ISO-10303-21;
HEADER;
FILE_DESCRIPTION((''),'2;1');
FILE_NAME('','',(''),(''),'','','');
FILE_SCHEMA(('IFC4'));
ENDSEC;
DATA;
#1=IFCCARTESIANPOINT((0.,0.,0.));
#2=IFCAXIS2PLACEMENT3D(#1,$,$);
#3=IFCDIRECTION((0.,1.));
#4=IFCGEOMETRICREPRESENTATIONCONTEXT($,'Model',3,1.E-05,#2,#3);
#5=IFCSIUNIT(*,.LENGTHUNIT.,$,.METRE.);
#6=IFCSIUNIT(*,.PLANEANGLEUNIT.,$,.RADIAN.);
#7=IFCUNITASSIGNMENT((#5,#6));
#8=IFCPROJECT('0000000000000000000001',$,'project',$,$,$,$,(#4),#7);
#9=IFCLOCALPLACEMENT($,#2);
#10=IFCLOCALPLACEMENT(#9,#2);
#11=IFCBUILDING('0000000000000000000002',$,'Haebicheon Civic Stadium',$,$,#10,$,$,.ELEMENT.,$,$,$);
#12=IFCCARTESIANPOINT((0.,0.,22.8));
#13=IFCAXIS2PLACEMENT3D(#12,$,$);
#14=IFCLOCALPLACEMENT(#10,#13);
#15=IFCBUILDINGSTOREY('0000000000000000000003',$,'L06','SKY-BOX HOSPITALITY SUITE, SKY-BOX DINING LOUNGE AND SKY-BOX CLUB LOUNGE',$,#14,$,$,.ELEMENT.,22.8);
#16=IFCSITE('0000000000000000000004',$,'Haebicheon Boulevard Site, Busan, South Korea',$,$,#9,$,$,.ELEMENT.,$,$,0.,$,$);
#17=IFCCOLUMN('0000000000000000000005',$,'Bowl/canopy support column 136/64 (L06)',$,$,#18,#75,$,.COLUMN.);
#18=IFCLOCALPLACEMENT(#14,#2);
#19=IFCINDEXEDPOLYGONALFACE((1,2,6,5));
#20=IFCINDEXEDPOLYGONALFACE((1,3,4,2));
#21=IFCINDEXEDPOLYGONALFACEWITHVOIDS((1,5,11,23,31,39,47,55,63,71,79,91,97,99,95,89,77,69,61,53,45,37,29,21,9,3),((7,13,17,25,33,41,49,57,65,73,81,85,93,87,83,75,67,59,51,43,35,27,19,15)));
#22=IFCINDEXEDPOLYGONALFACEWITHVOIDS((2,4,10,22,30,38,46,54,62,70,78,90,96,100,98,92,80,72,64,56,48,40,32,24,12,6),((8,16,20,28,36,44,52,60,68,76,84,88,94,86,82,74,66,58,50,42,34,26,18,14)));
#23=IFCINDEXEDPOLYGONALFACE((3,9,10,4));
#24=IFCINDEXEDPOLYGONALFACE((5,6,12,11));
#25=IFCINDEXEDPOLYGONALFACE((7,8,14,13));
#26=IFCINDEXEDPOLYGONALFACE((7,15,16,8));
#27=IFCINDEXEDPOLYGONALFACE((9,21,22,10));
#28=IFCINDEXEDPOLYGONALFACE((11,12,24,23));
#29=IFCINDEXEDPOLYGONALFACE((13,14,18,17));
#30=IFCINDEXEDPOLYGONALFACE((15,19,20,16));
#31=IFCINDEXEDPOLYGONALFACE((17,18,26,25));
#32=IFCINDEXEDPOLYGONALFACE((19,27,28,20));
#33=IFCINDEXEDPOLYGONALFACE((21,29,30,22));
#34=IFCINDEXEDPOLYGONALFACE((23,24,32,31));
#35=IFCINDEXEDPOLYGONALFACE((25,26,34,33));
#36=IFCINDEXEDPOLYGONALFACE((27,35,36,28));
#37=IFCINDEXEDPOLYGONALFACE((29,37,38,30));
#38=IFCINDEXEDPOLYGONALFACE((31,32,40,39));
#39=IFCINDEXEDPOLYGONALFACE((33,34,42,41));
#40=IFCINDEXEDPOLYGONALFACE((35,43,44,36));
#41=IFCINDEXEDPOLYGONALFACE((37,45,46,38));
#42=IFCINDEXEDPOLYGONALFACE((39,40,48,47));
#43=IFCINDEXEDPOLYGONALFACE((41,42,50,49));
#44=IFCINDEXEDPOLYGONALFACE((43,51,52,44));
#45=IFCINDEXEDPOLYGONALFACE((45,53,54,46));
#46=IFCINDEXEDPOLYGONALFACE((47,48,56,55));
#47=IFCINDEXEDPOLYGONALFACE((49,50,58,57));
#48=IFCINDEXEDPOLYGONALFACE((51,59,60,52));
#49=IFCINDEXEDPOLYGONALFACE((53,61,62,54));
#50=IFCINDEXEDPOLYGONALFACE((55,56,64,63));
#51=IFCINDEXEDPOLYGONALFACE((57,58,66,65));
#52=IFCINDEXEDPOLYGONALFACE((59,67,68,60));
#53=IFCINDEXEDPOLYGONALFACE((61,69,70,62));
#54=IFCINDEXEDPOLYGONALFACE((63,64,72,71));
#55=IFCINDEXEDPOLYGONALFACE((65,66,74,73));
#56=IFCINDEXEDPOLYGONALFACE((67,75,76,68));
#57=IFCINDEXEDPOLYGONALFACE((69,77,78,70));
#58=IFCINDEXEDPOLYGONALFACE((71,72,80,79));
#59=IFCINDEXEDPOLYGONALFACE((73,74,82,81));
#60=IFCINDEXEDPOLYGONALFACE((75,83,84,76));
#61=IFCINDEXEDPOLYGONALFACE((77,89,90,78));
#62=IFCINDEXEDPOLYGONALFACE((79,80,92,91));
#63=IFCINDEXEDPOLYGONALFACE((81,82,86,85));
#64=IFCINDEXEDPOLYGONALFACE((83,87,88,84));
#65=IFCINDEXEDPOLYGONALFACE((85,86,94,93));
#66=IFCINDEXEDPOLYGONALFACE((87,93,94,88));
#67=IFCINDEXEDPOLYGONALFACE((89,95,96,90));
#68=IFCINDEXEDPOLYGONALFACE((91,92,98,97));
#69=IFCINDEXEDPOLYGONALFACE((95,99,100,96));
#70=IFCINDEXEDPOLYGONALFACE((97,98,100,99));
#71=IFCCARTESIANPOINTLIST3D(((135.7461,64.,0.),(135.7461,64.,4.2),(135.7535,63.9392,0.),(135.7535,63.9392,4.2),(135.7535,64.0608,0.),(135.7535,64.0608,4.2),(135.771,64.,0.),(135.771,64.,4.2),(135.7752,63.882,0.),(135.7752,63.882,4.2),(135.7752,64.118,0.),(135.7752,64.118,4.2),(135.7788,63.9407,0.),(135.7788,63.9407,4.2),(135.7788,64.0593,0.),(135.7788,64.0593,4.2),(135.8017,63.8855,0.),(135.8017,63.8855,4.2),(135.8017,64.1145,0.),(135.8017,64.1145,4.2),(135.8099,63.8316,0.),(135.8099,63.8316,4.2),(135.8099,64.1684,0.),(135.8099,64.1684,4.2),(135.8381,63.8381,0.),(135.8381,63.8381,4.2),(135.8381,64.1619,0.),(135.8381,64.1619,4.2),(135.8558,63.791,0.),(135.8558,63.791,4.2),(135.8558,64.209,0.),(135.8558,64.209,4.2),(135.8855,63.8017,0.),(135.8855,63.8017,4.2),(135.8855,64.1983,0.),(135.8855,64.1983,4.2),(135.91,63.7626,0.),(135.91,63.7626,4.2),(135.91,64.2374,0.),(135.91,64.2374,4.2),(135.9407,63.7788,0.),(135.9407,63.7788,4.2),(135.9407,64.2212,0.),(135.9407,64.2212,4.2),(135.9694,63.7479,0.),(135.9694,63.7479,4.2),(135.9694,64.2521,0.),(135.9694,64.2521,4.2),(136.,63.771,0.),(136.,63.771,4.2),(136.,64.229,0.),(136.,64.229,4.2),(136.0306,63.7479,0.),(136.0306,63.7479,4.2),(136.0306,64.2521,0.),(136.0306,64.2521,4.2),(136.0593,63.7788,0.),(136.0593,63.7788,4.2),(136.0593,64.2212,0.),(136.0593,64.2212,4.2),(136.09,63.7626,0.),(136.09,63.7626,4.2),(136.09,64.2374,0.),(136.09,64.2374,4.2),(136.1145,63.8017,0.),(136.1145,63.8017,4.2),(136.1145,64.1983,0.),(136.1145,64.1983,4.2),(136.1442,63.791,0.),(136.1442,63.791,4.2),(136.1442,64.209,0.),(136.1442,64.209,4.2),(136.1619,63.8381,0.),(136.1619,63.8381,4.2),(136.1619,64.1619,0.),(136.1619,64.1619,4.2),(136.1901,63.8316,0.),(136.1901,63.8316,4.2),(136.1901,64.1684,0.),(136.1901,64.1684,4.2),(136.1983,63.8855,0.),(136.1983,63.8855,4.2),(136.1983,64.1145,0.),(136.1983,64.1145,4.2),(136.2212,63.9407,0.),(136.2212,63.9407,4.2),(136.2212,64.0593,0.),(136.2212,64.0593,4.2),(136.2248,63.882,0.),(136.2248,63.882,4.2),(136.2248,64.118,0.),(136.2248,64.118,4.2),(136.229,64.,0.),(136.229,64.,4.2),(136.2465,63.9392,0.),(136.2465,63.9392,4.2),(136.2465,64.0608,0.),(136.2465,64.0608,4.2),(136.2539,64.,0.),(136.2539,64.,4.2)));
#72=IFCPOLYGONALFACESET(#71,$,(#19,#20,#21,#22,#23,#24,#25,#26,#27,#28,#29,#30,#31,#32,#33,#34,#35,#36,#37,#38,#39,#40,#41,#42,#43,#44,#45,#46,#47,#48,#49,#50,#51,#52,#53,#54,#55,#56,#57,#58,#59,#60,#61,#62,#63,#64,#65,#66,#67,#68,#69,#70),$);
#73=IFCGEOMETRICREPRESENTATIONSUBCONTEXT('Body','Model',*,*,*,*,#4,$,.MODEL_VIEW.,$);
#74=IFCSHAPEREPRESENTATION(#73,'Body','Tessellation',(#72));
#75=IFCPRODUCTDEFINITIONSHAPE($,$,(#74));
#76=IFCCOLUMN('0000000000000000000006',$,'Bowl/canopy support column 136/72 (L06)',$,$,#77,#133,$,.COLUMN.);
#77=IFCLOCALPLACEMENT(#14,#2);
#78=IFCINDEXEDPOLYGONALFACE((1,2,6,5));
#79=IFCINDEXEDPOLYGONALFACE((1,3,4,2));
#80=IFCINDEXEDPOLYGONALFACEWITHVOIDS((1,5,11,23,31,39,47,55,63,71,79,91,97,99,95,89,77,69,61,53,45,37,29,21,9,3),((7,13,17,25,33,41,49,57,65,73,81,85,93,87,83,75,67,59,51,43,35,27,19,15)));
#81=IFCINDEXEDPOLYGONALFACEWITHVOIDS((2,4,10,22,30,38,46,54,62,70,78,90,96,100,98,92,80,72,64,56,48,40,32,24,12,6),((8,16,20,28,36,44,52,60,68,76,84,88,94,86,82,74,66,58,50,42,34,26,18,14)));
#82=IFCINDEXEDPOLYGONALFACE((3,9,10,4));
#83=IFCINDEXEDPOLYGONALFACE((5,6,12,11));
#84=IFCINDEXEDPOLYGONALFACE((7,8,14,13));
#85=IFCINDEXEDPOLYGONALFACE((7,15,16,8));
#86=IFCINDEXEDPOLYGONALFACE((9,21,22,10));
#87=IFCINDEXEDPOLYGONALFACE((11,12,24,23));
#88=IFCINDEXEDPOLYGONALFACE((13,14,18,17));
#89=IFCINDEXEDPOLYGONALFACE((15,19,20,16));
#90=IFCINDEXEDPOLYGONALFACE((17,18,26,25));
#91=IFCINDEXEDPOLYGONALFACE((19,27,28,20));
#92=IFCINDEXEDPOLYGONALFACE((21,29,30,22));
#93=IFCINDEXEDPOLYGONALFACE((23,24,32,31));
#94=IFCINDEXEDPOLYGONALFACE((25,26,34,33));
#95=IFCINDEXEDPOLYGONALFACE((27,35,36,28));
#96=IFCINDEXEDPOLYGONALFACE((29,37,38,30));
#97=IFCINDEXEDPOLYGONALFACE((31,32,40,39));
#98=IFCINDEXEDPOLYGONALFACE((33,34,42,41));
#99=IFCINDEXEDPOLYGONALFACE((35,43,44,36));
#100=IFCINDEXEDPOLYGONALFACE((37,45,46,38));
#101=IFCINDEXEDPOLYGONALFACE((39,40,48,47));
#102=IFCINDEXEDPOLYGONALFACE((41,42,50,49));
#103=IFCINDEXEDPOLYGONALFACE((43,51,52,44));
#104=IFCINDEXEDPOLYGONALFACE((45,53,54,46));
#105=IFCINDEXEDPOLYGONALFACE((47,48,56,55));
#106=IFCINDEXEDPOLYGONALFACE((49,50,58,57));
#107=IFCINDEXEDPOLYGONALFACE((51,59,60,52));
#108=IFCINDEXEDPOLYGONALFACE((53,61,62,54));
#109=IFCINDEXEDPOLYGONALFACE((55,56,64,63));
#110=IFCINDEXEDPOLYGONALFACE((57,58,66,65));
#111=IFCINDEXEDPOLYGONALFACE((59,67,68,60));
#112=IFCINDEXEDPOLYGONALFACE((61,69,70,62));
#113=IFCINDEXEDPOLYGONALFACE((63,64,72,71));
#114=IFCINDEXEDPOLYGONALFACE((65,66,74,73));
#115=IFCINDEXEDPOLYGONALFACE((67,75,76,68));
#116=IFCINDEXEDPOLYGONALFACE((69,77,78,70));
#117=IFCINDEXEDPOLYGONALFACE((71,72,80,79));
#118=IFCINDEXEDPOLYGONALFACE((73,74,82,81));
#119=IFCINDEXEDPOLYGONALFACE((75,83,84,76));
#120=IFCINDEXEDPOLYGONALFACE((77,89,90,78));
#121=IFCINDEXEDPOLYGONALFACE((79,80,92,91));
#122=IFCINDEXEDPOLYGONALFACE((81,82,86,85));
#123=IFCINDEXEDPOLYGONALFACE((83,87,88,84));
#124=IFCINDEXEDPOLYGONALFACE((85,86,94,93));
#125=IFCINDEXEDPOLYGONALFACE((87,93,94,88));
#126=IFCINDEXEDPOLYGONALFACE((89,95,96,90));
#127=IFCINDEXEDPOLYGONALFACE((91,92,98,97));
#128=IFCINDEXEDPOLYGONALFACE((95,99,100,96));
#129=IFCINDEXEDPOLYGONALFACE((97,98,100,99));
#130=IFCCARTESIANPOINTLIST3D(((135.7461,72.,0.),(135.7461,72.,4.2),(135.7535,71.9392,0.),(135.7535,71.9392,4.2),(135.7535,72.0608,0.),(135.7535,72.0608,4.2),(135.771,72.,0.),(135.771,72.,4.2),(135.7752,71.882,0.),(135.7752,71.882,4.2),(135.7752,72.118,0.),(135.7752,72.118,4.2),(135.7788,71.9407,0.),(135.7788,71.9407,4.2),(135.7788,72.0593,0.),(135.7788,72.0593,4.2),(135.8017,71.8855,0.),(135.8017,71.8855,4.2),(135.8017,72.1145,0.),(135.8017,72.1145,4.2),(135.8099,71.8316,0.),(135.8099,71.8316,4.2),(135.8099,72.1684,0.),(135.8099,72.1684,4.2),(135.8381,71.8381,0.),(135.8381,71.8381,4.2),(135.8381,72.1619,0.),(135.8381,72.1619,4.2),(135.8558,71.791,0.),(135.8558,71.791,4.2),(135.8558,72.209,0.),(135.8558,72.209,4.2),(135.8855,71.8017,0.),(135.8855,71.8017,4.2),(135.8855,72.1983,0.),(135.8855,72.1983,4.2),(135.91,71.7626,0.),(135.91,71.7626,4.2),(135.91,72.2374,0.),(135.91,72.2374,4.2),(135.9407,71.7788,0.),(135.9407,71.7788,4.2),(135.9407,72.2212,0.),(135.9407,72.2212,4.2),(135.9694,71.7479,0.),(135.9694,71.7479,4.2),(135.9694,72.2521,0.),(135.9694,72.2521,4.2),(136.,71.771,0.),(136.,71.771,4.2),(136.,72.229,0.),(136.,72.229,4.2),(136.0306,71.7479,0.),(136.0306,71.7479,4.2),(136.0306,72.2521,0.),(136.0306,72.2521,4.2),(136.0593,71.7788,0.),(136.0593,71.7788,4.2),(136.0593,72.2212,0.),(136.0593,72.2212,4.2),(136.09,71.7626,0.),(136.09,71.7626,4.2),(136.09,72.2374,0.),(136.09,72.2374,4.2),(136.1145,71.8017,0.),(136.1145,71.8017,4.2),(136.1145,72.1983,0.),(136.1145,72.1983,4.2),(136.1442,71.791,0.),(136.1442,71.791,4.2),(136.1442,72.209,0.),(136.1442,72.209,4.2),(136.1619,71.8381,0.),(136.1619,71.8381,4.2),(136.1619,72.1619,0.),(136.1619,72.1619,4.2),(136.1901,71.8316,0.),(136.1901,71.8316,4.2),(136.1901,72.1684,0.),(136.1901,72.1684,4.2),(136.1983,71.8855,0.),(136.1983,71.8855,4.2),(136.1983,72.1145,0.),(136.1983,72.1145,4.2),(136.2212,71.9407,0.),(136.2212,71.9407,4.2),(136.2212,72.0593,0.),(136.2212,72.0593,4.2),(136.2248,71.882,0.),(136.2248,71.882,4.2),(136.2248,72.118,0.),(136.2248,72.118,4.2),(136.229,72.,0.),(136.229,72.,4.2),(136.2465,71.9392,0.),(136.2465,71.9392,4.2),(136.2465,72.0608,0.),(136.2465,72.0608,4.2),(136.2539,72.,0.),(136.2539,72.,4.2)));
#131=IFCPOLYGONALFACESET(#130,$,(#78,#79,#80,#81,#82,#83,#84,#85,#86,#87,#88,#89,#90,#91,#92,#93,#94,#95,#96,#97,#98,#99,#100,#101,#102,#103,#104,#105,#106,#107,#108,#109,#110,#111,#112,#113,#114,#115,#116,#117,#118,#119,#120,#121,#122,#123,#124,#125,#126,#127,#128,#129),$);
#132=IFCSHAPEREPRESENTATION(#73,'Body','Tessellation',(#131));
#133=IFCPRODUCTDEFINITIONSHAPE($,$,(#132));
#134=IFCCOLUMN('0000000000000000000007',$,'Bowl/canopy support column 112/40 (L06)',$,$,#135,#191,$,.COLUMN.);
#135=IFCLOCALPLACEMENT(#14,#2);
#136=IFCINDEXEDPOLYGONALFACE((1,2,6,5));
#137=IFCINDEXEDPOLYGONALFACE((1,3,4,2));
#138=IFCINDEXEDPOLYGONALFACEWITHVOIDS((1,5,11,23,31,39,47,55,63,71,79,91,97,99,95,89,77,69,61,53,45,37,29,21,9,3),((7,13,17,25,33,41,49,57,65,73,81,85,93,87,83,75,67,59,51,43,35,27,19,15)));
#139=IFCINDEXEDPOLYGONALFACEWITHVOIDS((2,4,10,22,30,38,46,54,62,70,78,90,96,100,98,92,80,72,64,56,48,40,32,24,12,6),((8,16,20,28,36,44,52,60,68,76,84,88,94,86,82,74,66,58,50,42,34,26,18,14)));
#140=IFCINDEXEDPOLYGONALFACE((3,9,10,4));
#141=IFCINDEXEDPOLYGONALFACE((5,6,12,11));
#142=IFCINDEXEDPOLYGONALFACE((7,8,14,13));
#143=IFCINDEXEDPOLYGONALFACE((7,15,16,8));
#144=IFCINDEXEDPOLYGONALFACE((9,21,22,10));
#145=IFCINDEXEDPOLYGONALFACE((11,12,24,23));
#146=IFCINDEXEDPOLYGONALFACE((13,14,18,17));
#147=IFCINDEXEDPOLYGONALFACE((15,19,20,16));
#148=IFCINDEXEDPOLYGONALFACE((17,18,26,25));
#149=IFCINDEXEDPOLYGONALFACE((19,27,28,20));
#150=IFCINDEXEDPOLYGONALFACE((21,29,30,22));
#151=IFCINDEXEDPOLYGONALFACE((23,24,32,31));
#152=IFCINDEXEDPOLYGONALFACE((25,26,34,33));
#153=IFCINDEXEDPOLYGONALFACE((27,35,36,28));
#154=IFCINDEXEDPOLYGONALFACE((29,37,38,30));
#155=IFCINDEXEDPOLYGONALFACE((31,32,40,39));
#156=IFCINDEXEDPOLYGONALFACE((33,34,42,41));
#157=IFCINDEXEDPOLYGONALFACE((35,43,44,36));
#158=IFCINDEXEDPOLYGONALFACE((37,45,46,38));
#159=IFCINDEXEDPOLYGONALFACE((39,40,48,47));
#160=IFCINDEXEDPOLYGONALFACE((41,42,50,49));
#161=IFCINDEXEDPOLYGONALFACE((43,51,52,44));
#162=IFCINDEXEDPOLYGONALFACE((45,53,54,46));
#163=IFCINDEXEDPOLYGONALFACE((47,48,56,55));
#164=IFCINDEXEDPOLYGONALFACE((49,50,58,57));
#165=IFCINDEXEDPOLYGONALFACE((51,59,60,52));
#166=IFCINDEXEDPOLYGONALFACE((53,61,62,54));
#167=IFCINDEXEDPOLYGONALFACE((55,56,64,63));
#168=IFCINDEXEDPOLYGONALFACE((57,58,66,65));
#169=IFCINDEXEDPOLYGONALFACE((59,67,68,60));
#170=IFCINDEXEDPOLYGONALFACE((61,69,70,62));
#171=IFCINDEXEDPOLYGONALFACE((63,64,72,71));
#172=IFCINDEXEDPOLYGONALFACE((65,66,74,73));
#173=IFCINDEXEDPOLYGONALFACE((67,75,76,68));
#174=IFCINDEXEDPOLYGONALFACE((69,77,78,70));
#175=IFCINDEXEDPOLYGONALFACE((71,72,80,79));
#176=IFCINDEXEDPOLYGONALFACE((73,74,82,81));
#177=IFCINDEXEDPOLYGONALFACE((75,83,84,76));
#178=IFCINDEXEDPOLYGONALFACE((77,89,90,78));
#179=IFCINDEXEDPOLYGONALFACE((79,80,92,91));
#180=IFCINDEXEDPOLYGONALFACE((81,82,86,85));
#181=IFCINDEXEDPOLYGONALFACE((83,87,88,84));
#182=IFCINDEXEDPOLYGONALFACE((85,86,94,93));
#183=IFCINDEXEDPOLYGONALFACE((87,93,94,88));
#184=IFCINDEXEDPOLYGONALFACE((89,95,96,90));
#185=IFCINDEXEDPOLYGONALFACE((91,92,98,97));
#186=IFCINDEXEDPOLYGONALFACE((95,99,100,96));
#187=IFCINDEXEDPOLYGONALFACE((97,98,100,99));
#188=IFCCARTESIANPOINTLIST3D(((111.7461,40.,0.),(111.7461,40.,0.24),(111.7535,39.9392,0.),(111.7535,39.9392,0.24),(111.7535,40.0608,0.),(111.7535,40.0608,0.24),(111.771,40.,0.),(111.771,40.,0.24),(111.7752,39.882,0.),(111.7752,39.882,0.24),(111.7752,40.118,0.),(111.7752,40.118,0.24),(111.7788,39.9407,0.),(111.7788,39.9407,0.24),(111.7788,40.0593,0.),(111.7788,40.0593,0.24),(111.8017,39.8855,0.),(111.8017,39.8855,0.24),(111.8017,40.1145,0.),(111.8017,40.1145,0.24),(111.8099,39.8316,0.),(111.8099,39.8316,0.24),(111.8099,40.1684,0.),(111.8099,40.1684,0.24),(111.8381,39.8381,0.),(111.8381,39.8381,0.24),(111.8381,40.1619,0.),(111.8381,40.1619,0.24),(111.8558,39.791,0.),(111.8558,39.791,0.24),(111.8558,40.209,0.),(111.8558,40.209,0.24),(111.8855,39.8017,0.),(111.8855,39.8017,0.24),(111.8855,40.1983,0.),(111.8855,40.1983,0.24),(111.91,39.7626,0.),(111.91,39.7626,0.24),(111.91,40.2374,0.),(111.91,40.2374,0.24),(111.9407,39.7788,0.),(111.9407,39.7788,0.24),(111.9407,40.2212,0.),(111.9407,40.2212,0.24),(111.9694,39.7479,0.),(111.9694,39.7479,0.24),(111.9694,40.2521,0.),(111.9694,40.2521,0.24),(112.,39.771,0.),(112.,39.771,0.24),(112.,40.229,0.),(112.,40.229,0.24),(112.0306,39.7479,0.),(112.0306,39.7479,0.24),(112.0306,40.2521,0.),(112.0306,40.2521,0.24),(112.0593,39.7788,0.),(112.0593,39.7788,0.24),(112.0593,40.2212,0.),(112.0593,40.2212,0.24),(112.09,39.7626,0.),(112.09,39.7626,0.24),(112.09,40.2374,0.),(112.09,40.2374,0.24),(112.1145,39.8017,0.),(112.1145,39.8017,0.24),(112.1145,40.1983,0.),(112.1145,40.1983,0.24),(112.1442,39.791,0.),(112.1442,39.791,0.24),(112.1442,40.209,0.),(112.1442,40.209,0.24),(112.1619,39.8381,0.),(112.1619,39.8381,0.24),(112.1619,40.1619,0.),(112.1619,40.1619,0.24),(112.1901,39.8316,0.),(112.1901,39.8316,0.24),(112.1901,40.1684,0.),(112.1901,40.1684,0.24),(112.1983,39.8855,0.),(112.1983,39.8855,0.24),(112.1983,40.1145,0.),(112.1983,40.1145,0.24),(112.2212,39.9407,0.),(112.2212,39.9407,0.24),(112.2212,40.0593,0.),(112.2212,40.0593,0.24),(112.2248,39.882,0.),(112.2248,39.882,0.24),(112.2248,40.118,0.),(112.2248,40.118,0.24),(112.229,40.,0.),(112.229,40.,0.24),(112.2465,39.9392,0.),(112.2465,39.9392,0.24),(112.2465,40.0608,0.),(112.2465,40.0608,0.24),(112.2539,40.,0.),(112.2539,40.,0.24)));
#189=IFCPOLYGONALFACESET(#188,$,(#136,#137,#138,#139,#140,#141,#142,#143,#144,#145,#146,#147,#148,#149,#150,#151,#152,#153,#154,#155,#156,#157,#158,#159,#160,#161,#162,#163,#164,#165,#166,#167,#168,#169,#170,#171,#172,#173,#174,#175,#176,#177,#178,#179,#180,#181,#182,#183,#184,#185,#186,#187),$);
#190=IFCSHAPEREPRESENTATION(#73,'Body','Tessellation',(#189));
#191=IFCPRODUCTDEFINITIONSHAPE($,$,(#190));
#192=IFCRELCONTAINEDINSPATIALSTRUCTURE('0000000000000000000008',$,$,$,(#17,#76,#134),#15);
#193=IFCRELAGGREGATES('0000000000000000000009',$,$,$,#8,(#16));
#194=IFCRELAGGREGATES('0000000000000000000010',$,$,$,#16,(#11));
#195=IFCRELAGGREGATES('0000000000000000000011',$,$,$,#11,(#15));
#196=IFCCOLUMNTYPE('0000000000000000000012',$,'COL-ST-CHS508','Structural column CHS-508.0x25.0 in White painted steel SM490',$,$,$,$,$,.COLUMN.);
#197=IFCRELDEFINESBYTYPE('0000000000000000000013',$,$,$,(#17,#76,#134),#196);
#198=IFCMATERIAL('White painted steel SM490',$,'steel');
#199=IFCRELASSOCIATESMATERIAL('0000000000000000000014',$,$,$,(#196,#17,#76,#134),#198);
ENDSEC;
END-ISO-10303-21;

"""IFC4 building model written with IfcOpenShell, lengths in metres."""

from ifc_helpers import new_model, si_unit, direction, frame, origin, origin_2d, place, context, subcontext, project, spatial, hollow_circle, extrude, material, material_profile, profile_set, type_object, element, save


model = new_model("IFC4")

# Units and contexts
model_context = context("Model", 3, precision=1e-05, world=origin(), true_north=direction((0.0, 1.0)))
body_context = subcontext(model_context, "Body", "Model", "MODEL_VIEW")
ifc_project = project(units=[si_unit("LENGTHUNIT", "METRE"), si_unit("PLANEANGLEUNIT", "RADIAN")], contexts=[model_context])

# Site, building, storey
site_placement = place(None, origin())
site = spatial("IfcSite", under=ifc_project, at=site_placement, Name="Haebicheon Boulevard Site, Busan, South Korea", CompositionType="ELEMENT", RefElevation=0.0)
building_placement = place(site_placement, origin())
building = spatial("IfcBuilding", under=site, at=building_placement, Name="Haebicheon Civic Stadium", CompositionType="ELEMENT")
storey_placement = place(building_placement, frame((0.0, 0.0, 22.8)))
storey = spatial("IfcBuildingStorey", under=building, at=storey_placement, Name="L06", Description="SKY-BOX HOSPITALITY SUITE, SKY-BOX DINING LOUNGE AND SKY-BOX CLUB LOUNGE", CompositionType="ELEMENT", Elevation=22.8)

# Columns
ifc_material_1 = material(Name="White painted steel SM490", Category="steel")
ifc_material_profile_1 = material_profile(ifc_material_1, hollow_circle(Radius=0.2539, WallThickness=0.0249, at=origin_2d()), Name="CHS-508.0x25.0")
ifc_profile_set_1 = profile_set([ifc_material_profile_1], Name="White painted steel SM490")
column_type_1 = type_object("IfcColumnType", Name="COL-ST-CHS508", Description="Structural column CHS-508.0x25.0 in White painted steel SM490", PredefinedType="COLUMN", material=ifc_profile_set_1)
for number, where, z_axis, x_axis, name in (
    (1, (136.0, 64.0, 0.0), (0.0, 0.0, 1.0), (1.0, 0.0, 0.0), "Bowl/canopy support column 136/64 (L06)"),
    (2, (136.0, 72.0, 0.0), (0.0, 0.0, 1.0), (1.0, 0.0, 0.0), "Bowl/canopy support column 136/72 (L06)"),
):
    element("IfcColumn", number, at=place(storey_placement, frame(where, z_axis=z_axis, x_axis=x_axis)), inside=storey, type_object=column_type_1, material=ifc_profile_set_1, Name=name, PredefinedType="COLUMN", context=body_context, shape_type="SweptSolid", body=[
        extrude(hollow_circle(Radius=0.2539, WallThickness=0.0249, at=origin_2d()), origin(), (0.0, 0.0, 1.0), 4.2),
    ])
column_1_placement = place(storey_placement, frame((112.0, 40.0, 0.0), z_axis=(0.0, 0.0, 1.0), x_axis=(1.0, 0.0, 0.0)))
element("IfcColumn", 3, at=column_1_placement, inside=storey, type_object=column_type_1, material=ifc_profile_set_1, Name="Bowl/canopy support column 112/40 (L06)", PredefinedType="COLUMN", context=body_context, shape_type="SweptSolid", body=[
    extrude(hollow_circle(Radius=0.2539, WallThickness=0.0249, at=origin_2d()), origin(), (0.0, 0.0, 1.0), 0.24),
])

save(model, "model.ifc")
